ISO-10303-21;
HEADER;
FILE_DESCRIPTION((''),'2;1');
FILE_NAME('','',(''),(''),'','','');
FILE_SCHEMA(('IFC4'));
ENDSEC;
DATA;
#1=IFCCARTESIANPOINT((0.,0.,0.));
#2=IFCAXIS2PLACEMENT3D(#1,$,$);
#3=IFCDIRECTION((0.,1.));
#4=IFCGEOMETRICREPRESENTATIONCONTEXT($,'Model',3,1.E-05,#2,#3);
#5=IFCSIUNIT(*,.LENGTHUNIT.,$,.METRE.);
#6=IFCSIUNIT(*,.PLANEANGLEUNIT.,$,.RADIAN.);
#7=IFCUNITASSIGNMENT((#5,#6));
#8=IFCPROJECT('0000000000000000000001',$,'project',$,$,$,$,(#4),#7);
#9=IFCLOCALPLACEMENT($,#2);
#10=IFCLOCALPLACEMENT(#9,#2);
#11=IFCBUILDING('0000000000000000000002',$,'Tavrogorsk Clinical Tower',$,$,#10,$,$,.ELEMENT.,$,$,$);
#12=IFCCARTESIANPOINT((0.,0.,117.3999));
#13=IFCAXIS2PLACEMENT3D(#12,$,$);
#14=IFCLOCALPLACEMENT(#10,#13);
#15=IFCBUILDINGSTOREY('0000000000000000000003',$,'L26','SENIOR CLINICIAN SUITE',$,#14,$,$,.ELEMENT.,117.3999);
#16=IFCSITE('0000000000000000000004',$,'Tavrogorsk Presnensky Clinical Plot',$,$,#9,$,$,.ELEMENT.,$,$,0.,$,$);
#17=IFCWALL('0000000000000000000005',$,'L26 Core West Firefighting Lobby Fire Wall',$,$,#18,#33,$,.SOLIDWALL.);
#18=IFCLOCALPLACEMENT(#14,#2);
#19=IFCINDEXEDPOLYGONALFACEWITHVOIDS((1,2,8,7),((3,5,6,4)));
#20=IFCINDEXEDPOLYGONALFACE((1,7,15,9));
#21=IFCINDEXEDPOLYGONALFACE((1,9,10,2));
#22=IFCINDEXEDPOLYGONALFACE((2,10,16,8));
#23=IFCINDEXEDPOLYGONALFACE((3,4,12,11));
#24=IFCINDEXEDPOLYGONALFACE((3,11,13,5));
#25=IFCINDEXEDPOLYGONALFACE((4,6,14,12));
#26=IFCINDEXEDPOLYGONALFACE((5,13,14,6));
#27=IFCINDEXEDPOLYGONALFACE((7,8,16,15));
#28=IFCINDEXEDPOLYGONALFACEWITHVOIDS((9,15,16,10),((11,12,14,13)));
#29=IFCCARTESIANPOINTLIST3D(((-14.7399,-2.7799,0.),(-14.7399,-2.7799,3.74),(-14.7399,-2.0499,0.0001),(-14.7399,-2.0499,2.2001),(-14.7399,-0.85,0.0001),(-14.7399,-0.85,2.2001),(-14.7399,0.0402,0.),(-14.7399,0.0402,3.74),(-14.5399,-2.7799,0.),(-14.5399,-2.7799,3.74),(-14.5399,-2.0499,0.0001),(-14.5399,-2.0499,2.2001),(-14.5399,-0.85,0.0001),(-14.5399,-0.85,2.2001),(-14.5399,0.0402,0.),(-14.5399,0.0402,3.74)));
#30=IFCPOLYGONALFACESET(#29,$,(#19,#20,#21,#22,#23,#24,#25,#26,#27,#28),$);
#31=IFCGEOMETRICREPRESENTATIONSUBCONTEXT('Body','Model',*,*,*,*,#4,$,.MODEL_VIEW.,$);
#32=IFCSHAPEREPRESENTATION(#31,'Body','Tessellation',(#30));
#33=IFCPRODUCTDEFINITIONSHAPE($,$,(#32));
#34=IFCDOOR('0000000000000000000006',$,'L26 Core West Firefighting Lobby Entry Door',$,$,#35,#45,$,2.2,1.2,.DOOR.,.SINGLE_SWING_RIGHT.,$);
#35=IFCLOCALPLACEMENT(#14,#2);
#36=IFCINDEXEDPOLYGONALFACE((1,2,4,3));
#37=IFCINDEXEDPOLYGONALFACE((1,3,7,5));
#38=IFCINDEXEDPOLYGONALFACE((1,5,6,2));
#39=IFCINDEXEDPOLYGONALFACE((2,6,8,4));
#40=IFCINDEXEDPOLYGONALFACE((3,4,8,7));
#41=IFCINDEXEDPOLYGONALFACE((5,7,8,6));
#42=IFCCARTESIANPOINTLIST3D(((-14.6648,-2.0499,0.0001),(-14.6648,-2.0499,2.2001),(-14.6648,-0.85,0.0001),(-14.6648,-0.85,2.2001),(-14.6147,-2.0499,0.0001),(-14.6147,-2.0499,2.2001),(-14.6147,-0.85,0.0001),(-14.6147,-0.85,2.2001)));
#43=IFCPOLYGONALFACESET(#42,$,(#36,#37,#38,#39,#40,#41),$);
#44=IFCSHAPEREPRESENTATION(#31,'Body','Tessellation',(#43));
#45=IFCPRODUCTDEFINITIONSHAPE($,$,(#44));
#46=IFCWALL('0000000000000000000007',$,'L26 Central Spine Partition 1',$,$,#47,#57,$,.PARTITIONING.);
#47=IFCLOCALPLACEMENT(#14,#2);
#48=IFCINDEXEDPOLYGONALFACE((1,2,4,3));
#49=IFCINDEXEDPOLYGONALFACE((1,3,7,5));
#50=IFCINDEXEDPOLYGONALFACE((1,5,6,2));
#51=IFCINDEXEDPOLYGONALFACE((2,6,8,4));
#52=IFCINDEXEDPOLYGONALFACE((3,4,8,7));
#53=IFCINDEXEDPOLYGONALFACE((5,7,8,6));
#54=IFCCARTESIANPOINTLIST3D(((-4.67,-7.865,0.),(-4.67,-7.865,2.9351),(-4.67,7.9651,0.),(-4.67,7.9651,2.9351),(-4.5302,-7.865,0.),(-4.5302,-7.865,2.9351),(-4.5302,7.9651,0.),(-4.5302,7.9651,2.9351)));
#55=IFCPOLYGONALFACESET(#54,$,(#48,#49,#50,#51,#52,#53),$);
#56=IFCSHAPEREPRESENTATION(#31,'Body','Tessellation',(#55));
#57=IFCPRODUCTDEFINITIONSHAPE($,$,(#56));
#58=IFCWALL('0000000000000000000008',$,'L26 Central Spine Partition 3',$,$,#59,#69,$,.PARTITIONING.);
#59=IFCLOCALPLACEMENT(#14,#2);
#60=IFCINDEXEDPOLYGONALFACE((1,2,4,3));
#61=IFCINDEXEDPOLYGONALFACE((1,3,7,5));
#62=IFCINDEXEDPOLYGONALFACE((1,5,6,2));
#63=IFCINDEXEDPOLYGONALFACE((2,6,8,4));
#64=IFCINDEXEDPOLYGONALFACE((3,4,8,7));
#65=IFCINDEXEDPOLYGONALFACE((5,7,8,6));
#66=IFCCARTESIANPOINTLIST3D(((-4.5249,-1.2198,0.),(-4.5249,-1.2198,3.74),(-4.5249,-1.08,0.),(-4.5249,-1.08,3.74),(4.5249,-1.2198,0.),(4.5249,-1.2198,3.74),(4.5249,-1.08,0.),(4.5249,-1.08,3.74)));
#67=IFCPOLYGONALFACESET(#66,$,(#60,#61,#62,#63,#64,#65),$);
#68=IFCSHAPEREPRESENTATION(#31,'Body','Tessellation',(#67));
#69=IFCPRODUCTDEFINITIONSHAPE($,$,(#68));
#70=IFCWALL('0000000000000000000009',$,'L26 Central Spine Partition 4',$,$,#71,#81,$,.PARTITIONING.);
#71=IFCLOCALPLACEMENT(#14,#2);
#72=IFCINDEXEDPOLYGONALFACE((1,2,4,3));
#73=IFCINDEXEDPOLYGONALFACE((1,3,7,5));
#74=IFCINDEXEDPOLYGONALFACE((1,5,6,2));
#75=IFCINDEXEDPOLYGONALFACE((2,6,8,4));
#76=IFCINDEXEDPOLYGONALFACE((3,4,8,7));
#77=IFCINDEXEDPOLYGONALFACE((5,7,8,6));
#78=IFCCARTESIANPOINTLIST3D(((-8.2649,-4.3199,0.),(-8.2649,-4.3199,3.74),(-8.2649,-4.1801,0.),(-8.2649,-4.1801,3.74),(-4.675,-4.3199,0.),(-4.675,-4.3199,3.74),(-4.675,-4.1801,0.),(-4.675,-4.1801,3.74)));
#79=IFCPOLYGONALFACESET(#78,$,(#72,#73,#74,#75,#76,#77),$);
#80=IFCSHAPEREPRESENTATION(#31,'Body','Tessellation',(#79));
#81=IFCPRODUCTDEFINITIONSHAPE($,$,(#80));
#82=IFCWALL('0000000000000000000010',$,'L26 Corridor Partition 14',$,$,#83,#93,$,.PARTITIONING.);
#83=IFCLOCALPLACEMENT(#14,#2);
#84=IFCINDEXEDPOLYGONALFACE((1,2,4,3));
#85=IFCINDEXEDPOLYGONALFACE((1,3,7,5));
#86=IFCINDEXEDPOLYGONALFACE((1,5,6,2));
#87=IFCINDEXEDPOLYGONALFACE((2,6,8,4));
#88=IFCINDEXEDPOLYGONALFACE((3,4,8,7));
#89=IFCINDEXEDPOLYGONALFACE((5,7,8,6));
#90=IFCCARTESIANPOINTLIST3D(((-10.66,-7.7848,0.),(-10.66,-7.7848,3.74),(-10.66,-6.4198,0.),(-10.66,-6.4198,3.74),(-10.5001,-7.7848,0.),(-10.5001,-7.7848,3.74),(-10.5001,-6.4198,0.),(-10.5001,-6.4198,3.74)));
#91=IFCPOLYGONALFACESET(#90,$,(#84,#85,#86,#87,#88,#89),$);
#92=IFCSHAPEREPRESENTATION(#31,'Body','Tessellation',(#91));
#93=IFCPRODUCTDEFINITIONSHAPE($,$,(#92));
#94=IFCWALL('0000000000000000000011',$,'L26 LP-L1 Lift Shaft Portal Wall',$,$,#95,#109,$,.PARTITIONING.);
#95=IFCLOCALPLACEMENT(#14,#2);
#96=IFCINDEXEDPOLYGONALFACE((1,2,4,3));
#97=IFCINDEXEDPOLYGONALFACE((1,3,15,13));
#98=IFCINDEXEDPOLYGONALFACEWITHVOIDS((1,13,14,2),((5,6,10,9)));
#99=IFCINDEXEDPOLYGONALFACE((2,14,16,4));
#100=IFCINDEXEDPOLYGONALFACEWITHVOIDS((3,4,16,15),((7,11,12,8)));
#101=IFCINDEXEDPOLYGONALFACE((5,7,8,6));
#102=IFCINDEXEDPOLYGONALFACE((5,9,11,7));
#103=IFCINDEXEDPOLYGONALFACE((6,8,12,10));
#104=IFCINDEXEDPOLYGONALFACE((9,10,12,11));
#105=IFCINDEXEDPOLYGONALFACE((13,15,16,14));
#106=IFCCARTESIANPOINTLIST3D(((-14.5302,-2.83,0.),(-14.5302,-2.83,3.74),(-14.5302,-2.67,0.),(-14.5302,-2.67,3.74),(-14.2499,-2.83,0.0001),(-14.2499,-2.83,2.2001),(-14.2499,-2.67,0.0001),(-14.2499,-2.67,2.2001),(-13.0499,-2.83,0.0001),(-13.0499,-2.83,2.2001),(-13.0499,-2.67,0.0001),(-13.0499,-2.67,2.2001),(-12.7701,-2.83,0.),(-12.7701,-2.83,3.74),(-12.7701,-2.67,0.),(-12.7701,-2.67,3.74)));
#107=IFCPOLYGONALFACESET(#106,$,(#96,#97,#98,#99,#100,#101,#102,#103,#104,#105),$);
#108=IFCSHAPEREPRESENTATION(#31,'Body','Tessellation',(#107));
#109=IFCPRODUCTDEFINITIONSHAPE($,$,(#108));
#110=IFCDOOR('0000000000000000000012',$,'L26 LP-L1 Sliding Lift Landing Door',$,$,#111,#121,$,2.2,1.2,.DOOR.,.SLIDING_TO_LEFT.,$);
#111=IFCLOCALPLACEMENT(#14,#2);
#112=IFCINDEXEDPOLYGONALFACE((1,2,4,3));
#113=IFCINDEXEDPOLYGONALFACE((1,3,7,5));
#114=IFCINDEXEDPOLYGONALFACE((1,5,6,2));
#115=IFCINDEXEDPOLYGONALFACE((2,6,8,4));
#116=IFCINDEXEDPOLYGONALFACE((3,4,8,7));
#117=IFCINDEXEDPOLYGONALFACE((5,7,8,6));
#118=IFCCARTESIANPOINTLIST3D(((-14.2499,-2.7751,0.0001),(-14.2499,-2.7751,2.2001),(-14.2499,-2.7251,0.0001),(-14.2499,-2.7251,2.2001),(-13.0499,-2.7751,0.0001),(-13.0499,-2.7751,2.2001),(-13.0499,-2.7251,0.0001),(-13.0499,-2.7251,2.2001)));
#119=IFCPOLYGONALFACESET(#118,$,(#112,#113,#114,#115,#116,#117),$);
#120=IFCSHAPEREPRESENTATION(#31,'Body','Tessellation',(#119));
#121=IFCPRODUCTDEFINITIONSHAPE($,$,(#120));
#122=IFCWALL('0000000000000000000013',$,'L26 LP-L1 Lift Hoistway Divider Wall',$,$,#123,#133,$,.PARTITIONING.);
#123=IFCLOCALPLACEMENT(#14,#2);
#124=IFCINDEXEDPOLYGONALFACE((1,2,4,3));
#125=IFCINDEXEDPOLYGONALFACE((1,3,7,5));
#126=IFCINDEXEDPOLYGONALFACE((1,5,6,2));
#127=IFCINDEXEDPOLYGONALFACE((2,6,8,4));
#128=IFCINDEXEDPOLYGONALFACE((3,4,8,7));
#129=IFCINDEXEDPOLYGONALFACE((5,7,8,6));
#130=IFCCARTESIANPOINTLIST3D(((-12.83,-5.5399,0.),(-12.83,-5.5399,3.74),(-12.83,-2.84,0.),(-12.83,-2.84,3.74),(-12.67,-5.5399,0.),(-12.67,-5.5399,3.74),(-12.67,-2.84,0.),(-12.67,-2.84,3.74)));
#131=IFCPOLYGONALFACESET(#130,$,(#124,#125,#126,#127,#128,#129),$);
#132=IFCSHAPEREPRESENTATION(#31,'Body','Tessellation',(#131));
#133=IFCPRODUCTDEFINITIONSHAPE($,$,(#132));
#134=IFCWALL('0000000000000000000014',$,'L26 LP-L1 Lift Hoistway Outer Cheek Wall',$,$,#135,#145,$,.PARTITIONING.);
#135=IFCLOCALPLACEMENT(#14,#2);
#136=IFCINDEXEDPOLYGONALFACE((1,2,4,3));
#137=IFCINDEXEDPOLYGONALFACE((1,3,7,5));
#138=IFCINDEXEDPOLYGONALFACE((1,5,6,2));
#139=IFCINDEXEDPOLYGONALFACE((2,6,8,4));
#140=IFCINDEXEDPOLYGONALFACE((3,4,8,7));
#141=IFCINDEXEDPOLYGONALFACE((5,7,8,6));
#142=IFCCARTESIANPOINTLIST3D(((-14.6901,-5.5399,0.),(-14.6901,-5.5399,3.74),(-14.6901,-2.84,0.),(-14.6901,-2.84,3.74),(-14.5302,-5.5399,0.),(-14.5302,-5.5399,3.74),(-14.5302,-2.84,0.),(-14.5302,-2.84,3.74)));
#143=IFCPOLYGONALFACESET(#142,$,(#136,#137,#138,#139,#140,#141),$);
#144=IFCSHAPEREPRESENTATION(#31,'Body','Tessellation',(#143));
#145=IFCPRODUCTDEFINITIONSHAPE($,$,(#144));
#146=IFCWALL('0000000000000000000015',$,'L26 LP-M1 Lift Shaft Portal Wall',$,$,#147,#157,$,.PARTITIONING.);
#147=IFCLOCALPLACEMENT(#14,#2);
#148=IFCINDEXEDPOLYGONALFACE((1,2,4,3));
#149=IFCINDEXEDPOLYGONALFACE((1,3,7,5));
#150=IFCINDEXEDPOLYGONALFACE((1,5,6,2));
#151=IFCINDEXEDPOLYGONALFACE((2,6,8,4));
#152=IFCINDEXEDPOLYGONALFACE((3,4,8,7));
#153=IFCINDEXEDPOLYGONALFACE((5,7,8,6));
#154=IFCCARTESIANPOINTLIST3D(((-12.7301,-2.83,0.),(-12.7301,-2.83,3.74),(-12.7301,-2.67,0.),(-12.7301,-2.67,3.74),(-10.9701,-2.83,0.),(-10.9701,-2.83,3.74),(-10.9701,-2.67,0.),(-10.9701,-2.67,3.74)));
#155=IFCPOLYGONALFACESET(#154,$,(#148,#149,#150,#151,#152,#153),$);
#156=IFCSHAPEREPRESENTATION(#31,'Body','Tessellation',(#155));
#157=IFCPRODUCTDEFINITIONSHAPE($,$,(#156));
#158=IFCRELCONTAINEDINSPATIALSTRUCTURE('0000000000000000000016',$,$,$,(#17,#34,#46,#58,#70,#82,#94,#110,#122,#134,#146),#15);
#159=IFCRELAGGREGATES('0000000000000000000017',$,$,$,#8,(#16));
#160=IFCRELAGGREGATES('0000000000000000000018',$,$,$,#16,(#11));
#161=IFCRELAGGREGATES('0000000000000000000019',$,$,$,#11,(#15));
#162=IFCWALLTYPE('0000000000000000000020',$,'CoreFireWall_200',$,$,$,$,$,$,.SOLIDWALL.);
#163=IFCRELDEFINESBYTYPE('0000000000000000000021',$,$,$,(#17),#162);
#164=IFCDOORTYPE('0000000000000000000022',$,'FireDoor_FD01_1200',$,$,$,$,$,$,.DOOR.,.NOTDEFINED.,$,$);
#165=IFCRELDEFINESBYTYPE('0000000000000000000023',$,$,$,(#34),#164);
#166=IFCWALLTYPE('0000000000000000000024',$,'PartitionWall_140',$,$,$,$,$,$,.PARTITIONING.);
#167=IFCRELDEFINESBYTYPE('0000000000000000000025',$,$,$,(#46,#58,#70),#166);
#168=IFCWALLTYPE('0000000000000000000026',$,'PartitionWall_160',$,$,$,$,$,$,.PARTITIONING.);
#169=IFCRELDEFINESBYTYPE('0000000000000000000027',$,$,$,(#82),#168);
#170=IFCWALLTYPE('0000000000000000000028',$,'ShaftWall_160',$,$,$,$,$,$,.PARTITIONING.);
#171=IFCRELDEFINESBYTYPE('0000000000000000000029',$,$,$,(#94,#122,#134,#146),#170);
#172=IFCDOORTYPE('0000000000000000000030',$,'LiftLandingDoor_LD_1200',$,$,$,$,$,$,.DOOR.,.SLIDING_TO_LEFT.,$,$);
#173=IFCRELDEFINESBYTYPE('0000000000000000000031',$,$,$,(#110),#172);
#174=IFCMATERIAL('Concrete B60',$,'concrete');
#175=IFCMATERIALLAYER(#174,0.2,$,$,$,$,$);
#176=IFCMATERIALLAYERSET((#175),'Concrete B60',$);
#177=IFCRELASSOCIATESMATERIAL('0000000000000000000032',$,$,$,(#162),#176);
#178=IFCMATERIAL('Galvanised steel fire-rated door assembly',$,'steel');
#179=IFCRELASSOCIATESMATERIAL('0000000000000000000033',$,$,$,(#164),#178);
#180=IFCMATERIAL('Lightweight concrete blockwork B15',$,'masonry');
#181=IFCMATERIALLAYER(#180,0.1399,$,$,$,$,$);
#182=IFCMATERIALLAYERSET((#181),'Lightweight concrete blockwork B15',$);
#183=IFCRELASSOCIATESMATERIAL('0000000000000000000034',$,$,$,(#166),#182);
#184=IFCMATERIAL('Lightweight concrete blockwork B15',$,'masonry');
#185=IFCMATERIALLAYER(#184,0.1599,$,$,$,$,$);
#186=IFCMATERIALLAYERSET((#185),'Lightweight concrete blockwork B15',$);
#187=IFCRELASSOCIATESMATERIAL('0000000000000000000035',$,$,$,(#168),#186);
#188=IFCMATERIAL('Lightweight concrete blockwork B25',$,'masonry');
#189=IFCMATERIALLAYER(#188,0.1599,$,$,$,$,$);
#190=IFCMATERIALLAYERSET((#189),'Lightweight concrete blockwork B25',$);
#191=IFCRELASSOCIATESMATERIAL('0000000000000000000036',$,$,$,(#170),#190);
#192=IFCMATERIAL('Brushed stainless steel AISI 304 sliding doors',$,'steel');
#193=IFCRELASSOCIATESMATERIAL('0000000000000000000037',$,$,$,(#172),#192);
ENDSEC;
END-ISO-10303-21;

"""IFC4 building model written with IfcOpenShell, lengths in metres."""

from ifc_helpers import new_model, si_unit, direction, frame, frame_2d, origin, place, context, subcontext, project, spatial, rectangle, extrude, material, layer, layer_set, type_object, element, fill, save


model = new_model("IFC4")

# Units and contexts
model_context = context("Model", 3, precision=1e-05, world=origin(), true_north=direction((0.0, 1.0)))
body_context = subcontext(model_context, "Body", "Model", "MODEL_VIEW")
ifc_project = project(units=[si_unit("LENGTHUNIT", "METRE"), si_unit("PLANEANGLEUNIT", "RADIAN")], contexts=[model_context])

# Site, building, storey
site_placement = place(None, origin())
site = spatial("IfcSite", under=ifc_project, at=site_placement, Name="Tavrogorsk Presnensky Clinical Plot", CompositionType="ELEMENT", RefElevation=0.0)
building_placement = place(site_placement, origin())
building = spatial("IfcBuilding", under=site, at=building_placement, Name="Tavrogorsk Clinical Tower", CompositionType="ELEMENT")
storey_placement = place(building_placement, frame((0.0, 0.0, 117.3999)))
storey = spatial("IfcBuildingStorey", under=building, at=storey_placement, Name="L26", Description="SENIOR CLINICIAN SUITE", CompositionType="ELEMENT", Elevation=117.3999)

# Wall, opening, door
ifc_material_1 = material(Name="Concrete B60", Category="concrete")
ifc_layer_1 = layer(ifc_material_1, 0.2)
ifc_layer_set_1 = layer_set([ifc_layer_1], Name="Concrete B60")
wall_type_1 = type_object("IfcWallType", Name="CoreFireWall_200", PredefinedType="SOLIDWALL", material=ifc_layer_set_1)
wall_1_placement = place(storey_placement, frame((-14.6399, -2.78, 0.0), z_axis=(0.0, 0.0, 1.0), x_axis=(0.0, 1.0, 0.0)))
wall_1 = element("IfcWall", 1, at=wall_1_placement, inside=storey, type_object=wall_type_1, Name="L26 Core West Firefighting Lobby Fire Wall", PredefinedType="SOLIDWALL", context=body_context, shape_type="SweptSolid", body=[
    extrude(rectangle(XDim=2.8201, YDim=0.2, at=frame_2d((1.4102, 0.0))), origin(), (0.0, 0.0, 1.0), 3.74),
])
opening_1_placement = place(wall_1_placement, frame((0.73, 0.0, 0.0)))
opening_1 = element("IfcOpeningElement", 2, at=opening_1_placement, cuts=wall_1, PredefinedType="OPENING", context=body_context, shape_type="SweptSolid", body=[
    extrude(rectangle(XDim=1.2, YDim=2.2, at=frame_2d((0.6001, 1.1001))), frame((0.0, 0.1099, 0.0), z_axis=(0.0, -1.0, 0.0), x_axis=(1.0, 0.0, 0.0)), (0.0, 0.0, 1.0), 0.22),
])
ifc_material_2 = material(Name="Galvanised steel fire-rated door assembly", Category="steel")
door_type_1 = type_object("IfcDoorType", Name="FireDoor_FD01_1200", OperationType="NOTDEFINED", PredefinedType="DOOR", material=ifc_material_2)
door_1_placement = place(opening_1_placement, origin())
door_1 = element("IfcDoor", 3, at=door_1_placement, inside=storey, type_object=door_type_1, Name="L26 Core West Firefighting Lobby Entry Door", OperationType="SINGLE_SWING_RIGHT", OverallHeight=2.2, OverallWidth=1.2, PredefinedType="DOOR", context=body_context, shape_type="SweptSolid", body=[
    extrude(rectangle(XDim=1.2, YDim=2.2, at=frame_2d((0.6001, 1.1001))), frame((0.0, 0.0249, 0.0), z_axis=(0.0, -1.0, 0.0), x_axis=(1.0, 0.0, 0.0)), (0.0, 0.0, 1.0), 0.05),
])
fill(opening_1, door_1)

# Walls
ifc_material_3 = material(Name="Lightweight concrete blockwork B15", Category="masonry")
ifc_layer_2 = layer(ifc_material_3, 0.1399)
ifc_layer_set_2 = layer_set([ifc_layer_2], Name="Lightweight concrete blockwork B15")
wall_type_2 = type_object("IfcWallType", Name="PartitionWall_140", PredefinedType="PARTITIONING", material=ifc_layer_set_2)
wall_2_placement = place(storey_placement, frame((-4.6001, -7.865, 0.0), z_axis=(0.0, 0.0, 1.0), x_axis=(0.0, 1.0, 0.0)))
element("IfcWall", 4, at=wall_2_placement, inside=storey, type_object=wall_type_2, Name="L26 Central Spine Partition 1", PredefinedType="PARTITIONING", context=body_context, shape_type="SweptSolid", body=[
    extrude(rectangle(XDim=15.8301, YDim=0.1399, at=frame_2d((7.915, 0.0))), origin(), (0.0, 0.0, 1.0), 2.9351),
])
wall_3_placement = place(storey_placement, frame((-4.5249, -1.1499, 0.0), z_axis=(0.0, 0.0, 1.0), x_axis=(1.0, 0.0, 0.0)))
element("IfcWall", 5, at=wall_3_placement, inside=storey, type_object=wall_type_2, Name="L26 Central Spine Partition 3", PredefinedType="PARTITIONING", context=body_context, shape_type="SweptSolid", body=[
    extrude(rectangle(XDim=9.0498, YDim=0.1399, at=frame_2d((4.5249, 0.0))), origin(), (0.0, 0.0, 1.0), 3.74),
])
wall_4_placement = place(storey_placement, frame((-8.2649, -4.25, 0.0), z_axis=(0.0, 0.0, 1.0), x_axis=(1.0, 0.0, 0.0)))
element("IfcWall", 6, at=wall_4_placement, inside=storey, type_object=wall_type_2, Name="L26 Central Spine Partition 4", PredefinedType="PARTITIONING", context=body_context, shape_type="SweptSolid", body=[
    extrude(rectangle(XDim=3.5898, YDim=0.1399, at=frame_2d((1.7949, 0.0))), origin(), (0.0, 0.0, 1.0), 3.74),
])
ifc_material_4 = material(Name="Lightweight concrete blockwork B15", Category="masonry")
ifc_layer_3 = layer(ifc_material_4, 0.1599)
ifc_layer_set_3 = layer_set([ifc_layer_3], Name="Lightweight concrete blockwork B15")
wall_type_3 = type_object("IfcWallType", Name="PartitionWall_160", PredefinedType="PARTITIONING", material=ifc_layer_set_3)
wall_5_placement = place(storey_placement, frame((-10.5801, -7.7849, 0.0), z_axis=(0.0, 0.0, 1.0), x_axis=(0.0, 1.0, 0.0)))
element("IfcWall", 7, at=wall_5_placement, inside=storey, type_object=wall_type_3, Name="L26 Corridor Partition 14", PredefinedType="PARTITIONING", context=body_context, shape_type="SweptSolid", body=[
    extrude(rectangle(XDim=1.365, YDim=0.1599, at=frame_2d((0.6826, 0.0))), origin(), (0.0, 0.0, 1.0), 3.74),
])

# Wall, opening, door
ifc_material_5 = material(Name="Lightweight concrete blockwork B25", Category="masonry")
ifc_layer_4 = layer(ifc_material_5, 0.1599)
ifc_layer_set_4 = layer_set([ifc_layer_4], Name="Lightweight concrete blockwork B25")
wall_type_4 = type_object("IfcWallType", Name="ShaftWall_160", PredefinedType="PARTITIONING", material=ifc_layer_set_4)
wall_6_placement = place(storey_placement, frame((-14.53, -2.75, 0.0), z_axis=(0.0, 0.0, 1.0), x_axis=(1.0, 0.0, 0.0)))
wall_6 = element("IfcWall", 8, at=wall_6_placement, inside=storey, type_object=wall_type_4, Name="L26 LP-L1 Lift Shaft Portal Wall", PredefinedType="PARTITIONING", context=body_context, shape_type="SweptSolid", body=[
    extrude(rectangle(XDim=1.76, YDim=0.1599, at=frame_2d((0.8799, 0.0))), origin(), (0.0, 0.0, 1.0), 3.74),
])
opening_2_placement = place(wall_6_placement, frame((0.28, 0.0, 0.0)))
opening_2 = element("IfcOpeningElement", 9, at=opening_2_placement, cuts=wall_6, PredefinedType="OPENING", context=body_context, shape_type="SweptSolid", body=[
    extrude(rectangle(XDim=1.2, YDim=2.2, at=frame_2d((0.6001, 1.1001))), frame((0.0, 0.0898, 0.0), z_axis=(0.0, -1.0, 0.0), x_axis=(1.0, 0.0, 0.0)), (0.0, 0.0, 1.0), 0.1799),
])
ifc_material_6 = material(Name="Brushed stainless steel AISI 304 sliding doors", Category="steel")
door_type_2 = type_object("IfcDoorType", Name="LiftLandingDoor_LD_1200", OperationType="SLIDING_TO_LEFT", PredefinedType="DOOR", material=ifc_material_6)
door_2_placement = place(opening_2_placement, origin())
door_2 = element("IfcDoor", 10, at=door_2_placement, inside=storey, type_object=door_type_2, Name="L26 LP-L1 Sliding Lift Landing Door", OperationType="SLIDING_TO_LEFT", OverallHeight=2.2, OverallWidth=1.2, PredefinedType="DOOR", context=body_context, shape_type="SweptSolid", body=[
    extrude(rectangle(XDim=1.2, YDim=2.2, at=frame_2d((0.6001, 1.1001))), frame((0.0, 0.0249, 0.0), z_axis=(0.0, -1.0, 0.0), x_axis=(1.0, 0.0, 0.0)), (0.0, 0.0, 1.0), 0.05),
])
fill(opening_2, door_2)

# Walls
for number, where, z_axis, x_axis, name in (
    (11, (-12.75, -5.54, 0.0), (0.0, 0.0, 1.0), (0.0, 1.0, 0.0), "L26 LP-L1 Lift Hoistway Divider Wall"),
    (12, (-14.6101, -5.54, 0.0), (0.0, 0.0, 1.0), (0.0, 1.0, 0.0), "L26 LP-L1 Lift Hoistway Outer Cheek Wall"),
):
    element("IfcWall", number, at=place(storey_placement, frame(where, z_axis=z_axis, x_axis=x_axis)), inside=storey, type_object=wall_type_4, Name=name, PredefinedType="PARTITIONING", context=body_context, shape_type="SweptSolid", body=[
        extrude(rectangle(XDim=2.7, YDim=0.1599, at=frame_2d((1.3501, 0.0))), origin(), (0.0, 0.0, 1.0), 3.74),
    ])
wall_7_placement = place(storey_placement, frame((-12.73, -2.75, 0.0), z_axis=(0.0, 0.0, 1.0), x_axis=(1.0, 0.0, 0.0)))
element("IfcWall", 13, at=wall_7_placement, inside=storey, type_object=wall_type_4, Name="L26 LP-M1 Lift Shaft Portal Wall", PredefinedType="PARTITIONING", context=body_context, shape_type="SweptSolid", body=[
    extrude(rectangle(XDim=1.76, YDim=0.1599, at=frame_2d((0.8799, 0.0))), origin(), (0.0, 0.0, 1.0), 3.74),
])

save(model, "model.ifc")
